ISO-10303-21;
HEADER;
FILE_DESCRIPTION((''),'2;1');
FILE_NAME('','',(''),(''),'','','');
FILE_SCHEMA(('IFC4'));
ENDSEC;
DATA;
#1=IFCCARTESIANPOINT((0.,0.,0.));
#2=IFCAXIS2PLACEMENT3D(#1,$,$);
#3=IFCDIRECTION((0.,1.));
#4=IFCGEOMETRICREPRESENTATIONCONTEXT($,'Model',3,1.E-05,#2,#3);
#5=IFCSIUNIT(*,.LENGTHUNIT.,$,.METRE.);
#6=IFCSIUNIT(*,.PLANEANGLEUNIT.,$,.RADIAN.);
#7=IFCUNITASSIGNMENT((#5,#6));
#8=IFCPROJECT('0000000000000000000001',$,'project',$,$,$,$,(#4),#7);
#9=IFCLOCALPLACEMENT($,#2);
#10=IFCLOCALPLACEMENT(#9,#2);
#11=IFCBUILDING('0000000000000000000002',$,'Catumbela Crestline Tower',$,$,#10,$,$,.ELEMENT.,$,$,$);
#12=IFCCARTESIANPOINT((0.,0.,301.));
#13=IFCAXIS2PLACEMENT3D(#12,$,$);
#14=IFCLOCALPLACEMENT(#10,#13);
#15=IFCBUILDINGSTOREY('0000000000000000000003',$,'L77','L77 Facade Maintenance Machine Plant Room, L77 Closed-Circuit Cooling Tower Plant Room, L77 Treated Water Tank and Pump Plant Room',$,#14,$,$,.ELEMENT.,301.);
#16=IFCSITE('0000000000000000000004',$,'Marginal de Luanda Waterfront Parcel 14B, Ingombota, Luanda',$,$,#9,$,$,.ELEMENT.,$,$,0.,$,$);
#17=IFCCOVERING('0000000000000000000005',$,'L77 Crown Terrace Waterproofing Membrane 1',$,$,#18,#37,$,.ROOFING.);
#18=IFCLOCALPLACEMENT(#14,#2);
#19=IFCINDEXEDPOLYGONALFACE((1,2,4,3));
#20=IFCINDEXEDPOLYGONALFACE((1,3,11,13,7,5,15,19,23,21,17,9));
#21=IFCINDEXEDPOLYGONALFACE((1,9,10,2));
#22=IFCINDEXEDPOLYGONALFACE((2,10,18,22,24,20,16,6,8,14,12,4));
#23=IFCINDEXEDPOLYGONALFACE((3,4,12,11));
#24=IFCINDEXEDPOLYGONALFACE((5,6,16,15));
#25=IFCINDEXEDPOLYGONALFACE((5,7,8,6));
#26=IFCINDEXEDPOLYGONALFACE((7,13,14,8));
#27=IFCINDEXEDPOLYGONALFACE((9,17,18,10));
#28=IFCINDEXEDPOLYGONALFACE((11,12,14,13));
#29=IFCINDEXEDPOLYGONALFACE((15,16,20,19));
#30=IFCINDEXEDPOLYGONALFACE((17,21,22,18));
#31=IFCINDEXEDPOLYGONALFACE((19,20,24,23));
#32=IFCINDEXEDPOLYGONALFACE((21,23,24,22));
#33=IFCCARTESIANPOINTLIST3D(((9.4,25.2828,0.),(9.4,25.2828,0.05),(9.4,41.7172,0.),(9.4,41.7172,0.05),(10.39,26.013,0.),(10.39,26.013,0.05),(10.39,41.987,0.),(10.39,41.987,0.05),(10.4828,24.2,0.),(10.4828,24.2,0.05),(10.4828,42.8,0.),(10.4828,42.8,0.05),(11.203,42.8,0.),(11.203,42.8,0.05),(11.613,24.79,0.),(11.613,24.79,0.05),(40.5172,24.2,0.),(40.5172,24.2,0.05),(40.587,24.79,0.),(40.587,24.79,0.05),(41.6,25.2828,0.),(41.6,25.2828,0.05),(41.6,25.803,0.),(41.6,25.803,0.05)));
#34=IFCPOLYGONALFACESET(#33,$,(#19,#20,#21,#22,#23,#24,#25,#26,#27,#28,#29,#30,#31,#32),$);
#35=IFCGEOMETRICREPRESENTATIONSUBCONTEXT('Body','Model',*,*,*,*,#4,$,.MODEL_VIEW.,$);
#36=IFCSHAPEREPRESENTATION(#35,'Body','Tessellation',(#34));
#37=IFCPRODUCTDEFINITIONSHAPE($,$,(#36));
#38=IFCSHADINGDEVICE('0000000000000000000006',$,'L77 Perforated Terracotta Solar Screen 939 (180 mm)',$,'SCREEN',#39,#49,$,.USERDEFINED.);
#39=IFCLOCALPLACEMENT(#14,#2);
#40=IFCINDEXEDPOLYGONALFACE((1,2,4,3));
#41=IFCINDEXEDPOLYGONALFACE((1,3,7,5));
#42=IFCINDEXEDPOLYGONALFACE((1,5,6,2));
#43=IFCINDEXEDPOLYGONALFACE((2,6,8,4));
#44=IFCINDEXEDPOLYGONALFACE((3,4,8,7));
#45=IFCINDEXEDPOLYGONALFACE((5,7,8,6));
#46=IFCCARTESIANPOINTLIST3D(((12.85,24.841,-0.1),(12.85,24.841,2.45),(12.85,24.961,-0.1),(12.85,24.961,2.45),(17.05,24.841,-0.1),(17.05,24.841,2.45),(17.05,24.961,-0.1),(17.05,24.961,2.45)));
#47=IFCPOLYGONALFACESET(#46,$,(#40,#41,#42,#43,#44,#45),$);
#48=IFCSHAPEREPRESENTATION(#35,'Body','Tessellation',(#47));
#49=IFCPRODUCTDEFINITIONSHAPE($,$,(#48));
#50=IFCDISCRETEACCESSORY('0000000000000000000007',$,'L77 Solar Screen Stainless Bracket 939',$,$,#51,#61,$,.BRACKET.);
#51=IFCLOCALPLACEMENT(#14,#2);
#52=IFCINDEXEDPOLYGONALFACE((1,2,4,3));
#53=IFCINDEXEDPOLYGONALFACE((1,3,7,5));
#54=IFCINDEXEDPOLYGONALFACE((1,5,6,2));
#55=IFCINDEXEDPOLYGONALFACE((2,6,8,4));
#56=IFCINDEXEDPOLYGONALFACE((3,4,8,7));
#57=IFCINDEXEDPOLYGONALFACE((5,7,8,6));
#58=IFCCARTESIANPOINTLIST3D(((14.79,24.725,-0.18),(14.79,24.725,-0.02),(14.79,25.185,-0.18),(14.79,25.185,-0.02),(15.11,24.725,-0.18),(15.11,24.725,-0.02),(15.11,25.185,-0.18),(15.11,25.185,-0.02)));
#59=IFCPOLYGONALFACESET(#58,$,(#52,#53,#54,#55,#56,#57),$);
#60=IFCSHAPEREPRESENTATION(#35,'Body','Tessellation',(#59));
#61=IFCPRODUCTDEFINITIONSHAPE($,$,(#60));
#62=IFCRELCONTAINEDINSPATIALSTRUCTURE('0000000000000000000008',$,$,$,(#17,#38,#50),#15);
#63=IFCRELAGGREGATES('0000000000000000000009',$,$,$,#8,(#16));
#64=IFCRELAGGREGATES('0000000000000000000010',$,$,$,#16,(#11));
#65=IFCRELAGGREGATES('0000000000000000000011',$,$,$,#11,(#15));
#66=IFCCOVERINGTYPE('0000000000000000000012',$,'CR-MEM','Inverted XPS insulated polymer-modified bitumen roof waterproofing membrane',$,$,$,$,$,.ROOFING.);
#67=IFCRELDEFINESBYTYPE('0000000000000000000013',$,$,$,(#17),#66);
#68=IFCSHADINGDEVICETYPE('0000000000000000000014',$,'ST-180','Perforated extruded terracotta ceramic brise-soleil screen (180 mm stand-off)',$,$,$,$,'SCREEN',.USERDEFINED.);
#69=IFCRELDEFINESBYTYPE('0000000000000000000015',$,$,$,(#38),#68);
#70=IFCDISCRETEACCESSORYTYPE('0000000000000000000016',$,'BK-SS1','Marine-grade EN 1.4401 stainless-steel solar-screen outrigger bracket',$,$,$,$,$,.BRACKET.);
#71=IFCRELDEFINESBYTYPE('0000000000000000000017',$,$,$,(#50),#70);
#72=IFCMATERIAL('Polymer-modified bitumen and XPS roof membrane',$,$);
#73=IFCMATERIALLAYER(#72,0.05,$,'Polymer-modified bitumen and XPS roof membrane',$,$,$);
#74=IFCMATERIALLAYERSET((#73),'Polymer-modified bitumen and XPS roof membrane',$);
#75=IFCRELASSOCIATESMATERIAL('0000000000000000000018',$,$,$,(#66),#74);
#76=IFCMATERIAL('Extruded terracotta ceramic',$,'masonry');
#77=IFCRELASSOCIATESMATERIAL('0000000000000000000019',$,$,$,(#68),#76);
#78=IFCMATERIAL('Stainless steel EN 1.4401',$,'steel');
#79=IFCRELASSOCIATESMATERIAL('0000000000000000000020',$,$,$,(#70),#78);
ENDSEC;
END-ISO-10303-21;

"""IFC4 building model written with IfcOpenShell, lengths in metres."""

from ifc_helpers import new_model, si_unit, direction, frame, origin, origin_2d, place, context, subcontext, project, spatial, polyline, rectangle, outline, extrude, material, layer, layer_set, type_object, element, save


model = new_model("IFC4")

# Units and contexts
model_context = context("Model", 3, precision=1e-05, world=origin(), true_north=direction((0.0, 1.0)))
body_context = subcontext(model_context, "Body", "Model", "MODEL_VIEW")
ifc_project = project(units=[si_unit("LENGTHUNIT", "METRE"), si_unit("PLANEANGLEUNIT", "RADIAN")], contexts=[model_context])

# Site, building, storey
site_placement = place(None, origin())
site = spatial("IfcSite", under=ifc_project, at=site_placement, Name="Marginal de Luanda Waterfront Parcel 14B, Ingombota, Luanda", CompositionType="ELEMENT", RefElevation=0.0)
building_placement = place(site_placement, origin())
building = spatial("IfcBuilding", under=site, at=building_placement, Name="Catumbela Crestline Tower", CompositionType="ELEMENT")
storey_placement = place(building_placement, frame((0.0, 0.0, 301.0)))
storey = spatial("IfcBuildingStorey", under=building, at=storey_placement, Name="L77", Description="L77 Facade Maintenance Machine Plant Room, L77 Closed-Circuit Cooling Tower Plant Room, L77 Treated Water Tank and Pump Plant Room", CompositionType="ELEMENT", Elevation=301.0)

# Shared definitions
ifc_material_1 = material(Name="Stainless steel EN 1.4401", Category="steel")

# Covering
ifc_material_2 = material(Name="Polymer-modified bitumen and XPS roof membrane")
ifc_layer_1 = layer(ifc_material_2, 0.05, Name="Polymer-modified bitumen and XPS roof membrane")
ifc_layer_set_1 = layer_set([ifc_layer_1], Name="Polymer-modified bitumen and XPS roof membrane")
covering_type = type_object("IfcCoveringType", Name="CR-MEM", Description="Inverted XPS insulated polymer-modified bitumen roof waterproofing membrane", PredefinedType="ROOFING", material=ifc_layer_set_1)
covering_placement = place(storey_placement, origin())
element("IfcCovering", 1, at=covering_placement, inside=storey, type_object=covering_type, Name="L77 Crown Terrace Waterproofing Membrane 1", PredefinedType="ROOFING", context=body_context, shape_type="SweptSolid", body=[
    extrude(outline(polyline([(41.6, 25.803), (41.6, 25.2828), (40.5172, 24.2), (10.4828, 24.2), (9.4, 25.2828), (9.4, 41.7172), (10.4828, 42.8), (11.203, 42.8), (10.39, 41.987), (10.39, 26.013), (11.613, 24.79), (40.587, 24.79), (41.6, 25.803)])), origin(), (0.0, 0.0, 1.0), 0.05),
])

# Shading device
ifc_material_3 = material(Name="Extruded terracotta ceramic", Category="masonry")
shading_device_type = type_object("IfcShadingDeviceType", Name="ST-180", Description="Perforated extruded terracotta ceramic brise-soleil screen (180 mm stand-off)", ElementType="SCREEN", PredefinedType="USERDEFINED", material=ifc_material_3)
shading_device_placement = place(storey_placement, frame((14.95, 24.901, -0.1), z_axis=(0.0, 0.0, 1.0), x_axis=(1.0, 0.0, 0.0)))
element("IfcShadingDevice", 2, at=shading_device_placement, inside=storey, type_object=shading_device_type, Name="L77 Perforated Terracotta Solar Screen 939 (180 mm)", ObjectType="SCREEN", PredefinedType="USERDEFINED", context=body_context, shape_type="SweptSolid", body=[
    extrude(rectangle(XDim=4.2, YDim=0.12, at=origin_2d()), origin(), (0.0, 0.0, 1.0), 2.55),
])

# Discrete accessory
discrete_accessory_type = type_object("IfcDiscreteAccessoryType", Name="BK-SS1", Description="Marine-grade EN 1.4401 stainless-steel solar-screen outrigger bracket", PredefinedType="BRACKET", material=ifc_material_1)
discrete_accessory_placement = place(storey_placement, frame((14.95, 24.955, -0.18), z_axis=(0.0, 0.0, 1.0), x_axis=(1.0, 0.0, 0.0)))
element("IfcDiscreteAccessory", 3, at=discrete_accessory_placement, inside=storey, type_object=discrete_accessory_type, Name="L77 Solar Screen Stainless Bracket 939", PredefinedType="BRACKET", context=body_context, shape_type="SweptSolid", body=[
    extrude(rectangle(XDim=0.32, YDim=0.46, at=origin_2d()), origin(), (0.0, 0.0, 1.0), 0.16),
])

save(model, "model.ifc")
